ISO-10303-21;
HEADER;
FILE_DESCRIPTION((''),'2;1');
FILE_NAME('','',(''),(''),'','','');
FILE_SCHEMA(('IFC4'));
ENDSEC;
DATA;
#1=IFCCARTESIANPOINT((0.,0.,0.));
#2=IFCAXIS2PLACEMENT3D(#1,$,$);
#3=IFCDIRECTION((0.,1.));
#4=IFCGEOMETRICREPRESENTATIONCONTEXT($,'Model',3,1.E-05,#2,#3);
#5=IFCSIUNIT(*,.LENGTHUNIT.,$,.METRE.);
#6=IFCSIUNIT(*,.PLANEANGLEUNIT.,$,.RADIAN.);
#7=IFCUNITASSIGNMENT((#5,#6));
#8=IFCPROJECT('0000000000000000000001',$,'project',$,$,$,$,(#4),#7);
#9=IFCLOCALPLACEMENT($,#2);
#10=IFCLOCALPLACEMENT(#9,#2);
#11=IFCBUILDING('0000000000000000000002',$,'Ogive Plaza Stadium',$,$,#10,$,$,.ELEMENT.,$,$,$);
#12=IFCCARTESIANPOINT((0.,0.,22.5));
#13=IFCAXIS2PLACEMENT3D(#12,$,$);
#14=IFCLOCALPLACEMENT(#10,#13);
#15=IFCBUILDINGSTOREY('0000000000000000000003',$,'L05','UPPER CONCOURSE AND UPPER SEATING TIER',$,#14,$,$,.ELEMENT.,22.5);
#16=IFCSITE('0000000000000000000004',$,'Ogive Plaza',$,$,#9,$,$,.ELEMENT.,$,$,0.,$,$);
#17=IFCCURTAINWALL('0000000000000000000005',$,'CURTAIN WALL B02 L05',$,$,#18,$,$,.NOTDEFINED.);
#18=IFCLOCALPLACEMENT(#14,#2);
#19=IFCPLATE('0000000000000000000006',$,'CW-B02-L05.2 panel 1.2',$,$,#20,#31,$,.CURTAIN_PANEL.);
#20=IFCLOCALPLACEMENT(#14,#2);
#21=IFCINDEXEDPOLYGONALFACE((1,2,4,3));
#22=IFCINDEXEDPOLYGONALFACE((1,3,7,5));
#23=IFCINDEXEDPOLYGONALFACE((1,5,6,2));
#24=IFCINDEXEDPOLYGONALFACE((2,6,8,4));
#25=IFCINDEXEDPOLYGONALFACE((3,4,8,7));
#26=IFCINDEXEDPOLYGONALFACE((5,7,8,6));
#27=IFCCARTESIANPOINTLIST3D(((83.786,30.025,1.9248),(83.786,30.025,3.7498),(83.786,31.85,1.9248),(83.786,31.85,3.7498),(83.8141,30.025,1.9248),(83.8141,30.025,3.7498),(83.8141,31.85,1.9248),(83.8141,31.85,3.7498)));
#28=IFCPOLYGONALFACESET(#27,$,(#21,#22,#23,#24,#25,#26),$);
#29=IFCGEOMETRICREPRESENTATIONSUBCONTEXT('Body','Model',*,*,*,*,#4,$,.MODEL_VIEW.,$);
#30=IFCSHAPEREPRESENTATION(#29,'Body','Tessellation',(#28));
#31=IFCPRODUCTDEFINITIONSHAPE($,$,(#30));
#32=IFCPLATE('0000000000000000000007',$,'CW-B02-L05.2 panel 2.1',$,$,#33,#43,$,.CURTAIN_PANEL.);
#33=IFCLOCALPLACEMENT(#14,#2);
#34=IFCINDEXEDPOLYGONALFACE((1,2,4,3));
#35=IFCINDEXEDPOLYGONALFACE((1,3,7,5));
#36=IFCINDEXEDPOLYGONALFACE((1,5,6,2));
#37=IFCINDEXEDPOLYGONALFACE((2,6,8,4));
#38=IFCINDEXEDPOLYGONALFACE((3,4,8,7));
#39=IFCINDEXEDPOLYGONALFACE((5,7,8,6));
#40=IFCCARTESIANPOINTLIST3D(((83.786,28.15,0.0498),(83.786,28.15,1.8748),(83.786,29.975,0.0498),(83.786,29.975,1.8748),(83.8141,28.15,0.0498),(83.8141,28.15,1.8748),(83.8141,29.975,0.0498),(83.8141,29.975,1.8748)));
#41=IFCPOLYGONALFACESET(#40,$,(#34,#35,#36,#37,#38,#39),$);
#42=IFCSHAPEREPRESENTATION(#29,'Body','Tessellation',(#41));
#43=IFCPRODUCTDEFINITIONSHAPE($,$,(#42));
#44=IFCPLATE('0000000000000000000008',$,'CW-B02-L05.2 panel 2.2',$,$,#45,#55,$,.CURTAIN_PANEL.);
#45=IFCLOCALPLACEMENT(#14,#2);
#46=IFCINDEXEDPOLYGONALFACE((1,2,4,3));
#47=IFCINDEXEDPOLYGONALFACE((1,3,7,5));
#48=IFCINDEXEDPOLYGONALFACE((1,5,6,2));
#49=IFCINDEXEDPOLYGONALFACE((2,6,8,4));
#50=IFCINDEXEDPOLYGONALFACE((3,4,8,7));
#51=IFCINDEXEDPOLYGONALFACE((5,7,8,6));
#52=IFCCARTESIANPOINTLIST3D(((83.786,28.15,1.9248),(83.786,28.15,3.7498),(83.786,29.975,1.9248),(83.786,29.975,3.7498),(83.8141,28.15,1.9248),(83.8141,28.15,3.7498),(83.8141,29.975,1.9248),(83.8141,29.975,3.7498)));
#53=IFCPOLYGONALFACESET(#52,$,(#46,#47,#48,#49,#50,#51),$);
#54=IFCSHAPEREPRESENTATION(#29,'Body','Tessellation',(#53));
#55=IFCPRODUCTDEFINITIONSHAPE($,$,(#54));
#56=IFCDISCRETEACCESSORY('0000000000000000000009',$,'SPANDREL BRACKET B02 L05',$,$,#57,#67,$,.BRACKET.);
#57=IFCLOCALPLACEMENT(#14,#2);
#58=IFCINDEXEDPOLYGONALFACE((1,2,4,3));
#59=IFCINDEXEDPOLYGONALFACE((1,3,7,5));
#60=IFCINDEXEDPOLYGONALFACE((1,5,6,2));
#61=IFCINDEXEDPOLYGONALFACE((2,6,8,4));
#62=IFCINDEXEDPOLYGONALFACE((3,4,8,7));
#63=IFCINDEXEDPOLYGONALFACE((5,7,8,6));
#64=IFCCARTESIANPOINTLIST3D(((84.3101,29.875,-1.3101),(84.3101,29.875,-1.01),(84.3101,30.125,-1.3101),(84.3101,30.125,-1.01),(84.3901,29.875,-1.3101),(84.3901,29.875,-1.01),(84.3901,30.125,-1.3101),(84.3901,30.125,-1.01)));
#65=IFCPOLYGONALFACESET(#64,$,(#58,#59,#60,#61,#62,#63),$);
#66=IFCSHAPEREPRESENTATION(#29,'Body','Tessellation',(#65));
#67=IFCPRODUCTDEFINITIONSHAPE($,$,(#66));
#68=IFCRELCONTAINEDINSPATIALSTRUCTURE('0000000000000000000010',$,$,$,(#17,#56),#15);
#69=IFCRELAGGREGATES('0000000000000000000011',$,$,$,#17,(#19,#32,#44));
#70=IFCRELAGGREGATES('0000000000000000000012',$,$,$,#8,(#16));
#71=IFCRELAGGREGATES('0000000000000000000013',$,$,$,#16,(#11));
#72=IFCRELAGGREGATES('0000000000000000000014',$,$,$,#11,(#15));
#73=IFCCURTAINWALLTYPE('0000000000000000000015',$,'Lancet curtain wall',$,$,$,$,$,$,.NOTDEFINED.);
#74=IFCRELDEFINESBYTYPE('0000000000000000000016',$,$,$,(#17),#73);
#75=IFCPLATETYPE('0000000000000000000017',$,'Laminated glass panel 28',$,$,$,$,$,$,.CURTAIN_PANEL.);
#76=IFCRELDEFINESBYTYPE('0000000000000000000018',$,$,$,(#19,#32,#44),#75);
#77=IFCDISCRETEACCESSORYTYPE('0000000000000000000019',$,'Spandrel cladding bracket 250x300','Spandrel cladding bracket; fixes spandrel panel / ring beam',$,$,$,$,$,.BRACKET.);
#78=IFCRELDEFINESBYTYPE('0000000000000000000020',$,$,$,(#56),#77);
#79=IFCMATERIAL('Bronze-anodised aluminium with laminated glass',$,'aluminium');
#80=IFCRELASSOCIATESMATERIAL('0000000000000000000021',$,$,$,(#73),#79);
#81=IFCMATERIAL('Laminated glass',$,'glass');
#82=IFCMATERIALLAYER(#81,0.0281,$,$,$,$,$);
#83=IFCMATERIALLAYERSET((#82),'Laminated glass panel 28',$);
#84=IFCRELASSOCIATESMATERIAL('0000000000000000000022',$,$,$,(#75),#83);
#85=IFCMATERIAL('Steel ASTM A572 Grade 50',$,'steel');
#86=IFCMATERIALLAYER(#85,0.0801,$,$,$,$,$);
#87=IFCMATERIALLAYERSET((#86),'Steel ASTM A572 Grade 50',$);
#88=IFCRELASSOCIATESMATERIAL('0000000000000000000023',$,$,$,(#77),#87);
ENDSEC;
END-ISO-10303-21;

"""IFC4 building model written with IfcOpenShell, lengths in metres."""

from ifc_helpers import new_model, si_unit, direction, frame, origin, origin_2d, place, context, subcontext, project, spatial, rectangle, extrude, material, layer, layer_set, type_object, element, aggregate, save


model = new_model("IFC4")

# Units and contexts
model_context = context("Model", 3, precision=1e-05, world=origin(), true_north=direction((0.0, 1.0)))
body_context = subcontext(model_context, "Body", "Model", "MODEL_VIEW")
ifc_project = project(units=[si_unit("LENGTHUNIT", "METRE"), si_unit("PLANEANGLEUNIT", "RADIAN")], contexts=[model_context])

# Site, building, storey
site_placement = place(None, origin())
site = spatial("IfcSite", under=ifc_project, at=site_placement, Name="Ogive Plaza", CompositionType="ELEMENT", RefElevation=0.0)
building_placement = place(site_placement, origin())
building = spatial("IfcBuilding", under=site, at=building_placement, Name="Ogive Plaza Stadium", CompositionType="ELEMENT")
storey_placement = place(building_placement, frame((0.0, 0.0, 22.5)))
storey = spatial("IfcBuildingStorey", under=building, at=storey_placement, Name="L05", Description="UPPER CONCOURSE AND UPPER SEATING TIER", CompositionType="ELEMENT", Elevation=22.5)

# Shared definitions
ifc_material_1 = material(Name="Bronze-anodised aluminium with laminated glass", Category="aluminium")
curtain_wall_type = type_object("IfcCurtainWallType", Name="Lancet curtain wall", PredefinedType="NOTDEFINED", material=ifc_material_1)

# Curtain wall
curtain_wall_1_placement = place(storey_placement, origin())
curtain_wall_1 = element("IfcCurtainWall", 1, at=curtain_wall_1_placement, inside=storey, type_object=curtain_wall_type, Name="CURTAIN WALL B02 L05", PredefinedType="NOTDEFINED")

# Plates
ifc_material_2 = material(Name="Laminated glass", Category="glass")
ifc_layer_1 = layer(ifc_material_2, 0.0281)
ifc_layer_set_1 = layer_set([ifc_layer_1], Name="Laminated glass panel 28")
plate_type = type_object("IfcPlateType", Name="Laminated glass panel 28", PredefinedType="CURTAIN_PANEL", material=ifc_layer_set_1)
plate_1_placement = place(storey_placement, frame((83.8, 30.9375, 1.9248), z_axis=(0.0, 0.0, 1.0), x_axis=(0.0, -1.0, 0.0)))
plate_1 = element("IfcPlate", 2, at=plate_1_placement, type_object=plate_type, Name="CW-B02-L05.2 panel 1.2", PredefinedType="CURTAIN_PANEL", context=body_context, shape_type="SweptSolid", body=[
    extrude(rectangle(XDim=1.825, YDim=0.0281, at=origin_2d()), origin(), (0.0, 0.0, 1.0), 1.825),
])
plate_2_placement = place(storey_placement, frame((83.8, 29.0625, 0.0498), z_axis=(0.0, 0.0, 1.0), x_axis=(0.0, -1.0, 0.0)))
plate_2 = element("IfcPlate", 3, at=plate_2_placement, type_object=plate_type, Name="CW-B02-L05.2 panel 2.1", PredefinedType="CURTAIN_PANEL", context=body_context, shape_type="SweptSolid", body=[
    extrude(rectangle(XDim=1.825, YDim=0.0281, at=origin_2d()), origin(), (0.0, 0.0, 1.0), 1.825),
])
plate_3_placement = place(storey_placement, frame((83.8, 29.0625, 1.9248), z_axis=(0.0, 0.0, 1.0), x_axis=(0.0, -1.0, 0.0)))
plate_3 = element("IfcPlate", 4, at=plate_3_placement, type_object=plate_type, Name="CW-B02-L05.2 panel 2.2", PredefinedType="CURTAIN_PANEL", context=body_context, shape_type="SweptSolid", body=[
    extrude(rectangle(XDim=1.825, YDim=0.0281, at=origin_2d()), origin(), (0.0, 0.0, 1.0), 1.825),
])
aggregate(curtain_wall_1, [plate_1, plate_2, plate_3])

# Discrete accessory
ifc_material_3 = material(Name="Steel ASTM A572 Grade 50", Category="steel")
ifc_layer_2 = layer(ifc_material_3, 0.0801)
ifc_layer_set_2 = layer_set([ifc_layer_2], Name="Steel ASTM A572 Grade 50")
discrete_accessory_type = type_object("IfcDiscreteAccessoryType", Name="Spandrel cladding bracket 250x300", Description="Spandrel cladding bracket; fixes spandrel panel / ring beam", PredefinedType="BRACKET", material=ifc_layer_set_2)
discrete_accessory_placement = place(storey_placement, frame((84.3501, 30.0, -1.3101), z_axis=(0.0, 0.0, 1.0), x_axis=(0.0, -1.0, 0.0)))
element("IfcDiscreteAccessory", 5, at=discrete_accessory_placement, inside=storey, type_object=discrete_accessory_type, Name="SPANDREL BRACKET B02 L05", PredefinedType="BRACKET", context=body_context, shape_type="SweptSolid", body=[
    extrude(rectangle(XDim=0.25, YDim=0.0801, at=origin_2d()), origin(), (0.0, 0.0, 1.0), 0.3),
])

save(model, "model.ifc")
